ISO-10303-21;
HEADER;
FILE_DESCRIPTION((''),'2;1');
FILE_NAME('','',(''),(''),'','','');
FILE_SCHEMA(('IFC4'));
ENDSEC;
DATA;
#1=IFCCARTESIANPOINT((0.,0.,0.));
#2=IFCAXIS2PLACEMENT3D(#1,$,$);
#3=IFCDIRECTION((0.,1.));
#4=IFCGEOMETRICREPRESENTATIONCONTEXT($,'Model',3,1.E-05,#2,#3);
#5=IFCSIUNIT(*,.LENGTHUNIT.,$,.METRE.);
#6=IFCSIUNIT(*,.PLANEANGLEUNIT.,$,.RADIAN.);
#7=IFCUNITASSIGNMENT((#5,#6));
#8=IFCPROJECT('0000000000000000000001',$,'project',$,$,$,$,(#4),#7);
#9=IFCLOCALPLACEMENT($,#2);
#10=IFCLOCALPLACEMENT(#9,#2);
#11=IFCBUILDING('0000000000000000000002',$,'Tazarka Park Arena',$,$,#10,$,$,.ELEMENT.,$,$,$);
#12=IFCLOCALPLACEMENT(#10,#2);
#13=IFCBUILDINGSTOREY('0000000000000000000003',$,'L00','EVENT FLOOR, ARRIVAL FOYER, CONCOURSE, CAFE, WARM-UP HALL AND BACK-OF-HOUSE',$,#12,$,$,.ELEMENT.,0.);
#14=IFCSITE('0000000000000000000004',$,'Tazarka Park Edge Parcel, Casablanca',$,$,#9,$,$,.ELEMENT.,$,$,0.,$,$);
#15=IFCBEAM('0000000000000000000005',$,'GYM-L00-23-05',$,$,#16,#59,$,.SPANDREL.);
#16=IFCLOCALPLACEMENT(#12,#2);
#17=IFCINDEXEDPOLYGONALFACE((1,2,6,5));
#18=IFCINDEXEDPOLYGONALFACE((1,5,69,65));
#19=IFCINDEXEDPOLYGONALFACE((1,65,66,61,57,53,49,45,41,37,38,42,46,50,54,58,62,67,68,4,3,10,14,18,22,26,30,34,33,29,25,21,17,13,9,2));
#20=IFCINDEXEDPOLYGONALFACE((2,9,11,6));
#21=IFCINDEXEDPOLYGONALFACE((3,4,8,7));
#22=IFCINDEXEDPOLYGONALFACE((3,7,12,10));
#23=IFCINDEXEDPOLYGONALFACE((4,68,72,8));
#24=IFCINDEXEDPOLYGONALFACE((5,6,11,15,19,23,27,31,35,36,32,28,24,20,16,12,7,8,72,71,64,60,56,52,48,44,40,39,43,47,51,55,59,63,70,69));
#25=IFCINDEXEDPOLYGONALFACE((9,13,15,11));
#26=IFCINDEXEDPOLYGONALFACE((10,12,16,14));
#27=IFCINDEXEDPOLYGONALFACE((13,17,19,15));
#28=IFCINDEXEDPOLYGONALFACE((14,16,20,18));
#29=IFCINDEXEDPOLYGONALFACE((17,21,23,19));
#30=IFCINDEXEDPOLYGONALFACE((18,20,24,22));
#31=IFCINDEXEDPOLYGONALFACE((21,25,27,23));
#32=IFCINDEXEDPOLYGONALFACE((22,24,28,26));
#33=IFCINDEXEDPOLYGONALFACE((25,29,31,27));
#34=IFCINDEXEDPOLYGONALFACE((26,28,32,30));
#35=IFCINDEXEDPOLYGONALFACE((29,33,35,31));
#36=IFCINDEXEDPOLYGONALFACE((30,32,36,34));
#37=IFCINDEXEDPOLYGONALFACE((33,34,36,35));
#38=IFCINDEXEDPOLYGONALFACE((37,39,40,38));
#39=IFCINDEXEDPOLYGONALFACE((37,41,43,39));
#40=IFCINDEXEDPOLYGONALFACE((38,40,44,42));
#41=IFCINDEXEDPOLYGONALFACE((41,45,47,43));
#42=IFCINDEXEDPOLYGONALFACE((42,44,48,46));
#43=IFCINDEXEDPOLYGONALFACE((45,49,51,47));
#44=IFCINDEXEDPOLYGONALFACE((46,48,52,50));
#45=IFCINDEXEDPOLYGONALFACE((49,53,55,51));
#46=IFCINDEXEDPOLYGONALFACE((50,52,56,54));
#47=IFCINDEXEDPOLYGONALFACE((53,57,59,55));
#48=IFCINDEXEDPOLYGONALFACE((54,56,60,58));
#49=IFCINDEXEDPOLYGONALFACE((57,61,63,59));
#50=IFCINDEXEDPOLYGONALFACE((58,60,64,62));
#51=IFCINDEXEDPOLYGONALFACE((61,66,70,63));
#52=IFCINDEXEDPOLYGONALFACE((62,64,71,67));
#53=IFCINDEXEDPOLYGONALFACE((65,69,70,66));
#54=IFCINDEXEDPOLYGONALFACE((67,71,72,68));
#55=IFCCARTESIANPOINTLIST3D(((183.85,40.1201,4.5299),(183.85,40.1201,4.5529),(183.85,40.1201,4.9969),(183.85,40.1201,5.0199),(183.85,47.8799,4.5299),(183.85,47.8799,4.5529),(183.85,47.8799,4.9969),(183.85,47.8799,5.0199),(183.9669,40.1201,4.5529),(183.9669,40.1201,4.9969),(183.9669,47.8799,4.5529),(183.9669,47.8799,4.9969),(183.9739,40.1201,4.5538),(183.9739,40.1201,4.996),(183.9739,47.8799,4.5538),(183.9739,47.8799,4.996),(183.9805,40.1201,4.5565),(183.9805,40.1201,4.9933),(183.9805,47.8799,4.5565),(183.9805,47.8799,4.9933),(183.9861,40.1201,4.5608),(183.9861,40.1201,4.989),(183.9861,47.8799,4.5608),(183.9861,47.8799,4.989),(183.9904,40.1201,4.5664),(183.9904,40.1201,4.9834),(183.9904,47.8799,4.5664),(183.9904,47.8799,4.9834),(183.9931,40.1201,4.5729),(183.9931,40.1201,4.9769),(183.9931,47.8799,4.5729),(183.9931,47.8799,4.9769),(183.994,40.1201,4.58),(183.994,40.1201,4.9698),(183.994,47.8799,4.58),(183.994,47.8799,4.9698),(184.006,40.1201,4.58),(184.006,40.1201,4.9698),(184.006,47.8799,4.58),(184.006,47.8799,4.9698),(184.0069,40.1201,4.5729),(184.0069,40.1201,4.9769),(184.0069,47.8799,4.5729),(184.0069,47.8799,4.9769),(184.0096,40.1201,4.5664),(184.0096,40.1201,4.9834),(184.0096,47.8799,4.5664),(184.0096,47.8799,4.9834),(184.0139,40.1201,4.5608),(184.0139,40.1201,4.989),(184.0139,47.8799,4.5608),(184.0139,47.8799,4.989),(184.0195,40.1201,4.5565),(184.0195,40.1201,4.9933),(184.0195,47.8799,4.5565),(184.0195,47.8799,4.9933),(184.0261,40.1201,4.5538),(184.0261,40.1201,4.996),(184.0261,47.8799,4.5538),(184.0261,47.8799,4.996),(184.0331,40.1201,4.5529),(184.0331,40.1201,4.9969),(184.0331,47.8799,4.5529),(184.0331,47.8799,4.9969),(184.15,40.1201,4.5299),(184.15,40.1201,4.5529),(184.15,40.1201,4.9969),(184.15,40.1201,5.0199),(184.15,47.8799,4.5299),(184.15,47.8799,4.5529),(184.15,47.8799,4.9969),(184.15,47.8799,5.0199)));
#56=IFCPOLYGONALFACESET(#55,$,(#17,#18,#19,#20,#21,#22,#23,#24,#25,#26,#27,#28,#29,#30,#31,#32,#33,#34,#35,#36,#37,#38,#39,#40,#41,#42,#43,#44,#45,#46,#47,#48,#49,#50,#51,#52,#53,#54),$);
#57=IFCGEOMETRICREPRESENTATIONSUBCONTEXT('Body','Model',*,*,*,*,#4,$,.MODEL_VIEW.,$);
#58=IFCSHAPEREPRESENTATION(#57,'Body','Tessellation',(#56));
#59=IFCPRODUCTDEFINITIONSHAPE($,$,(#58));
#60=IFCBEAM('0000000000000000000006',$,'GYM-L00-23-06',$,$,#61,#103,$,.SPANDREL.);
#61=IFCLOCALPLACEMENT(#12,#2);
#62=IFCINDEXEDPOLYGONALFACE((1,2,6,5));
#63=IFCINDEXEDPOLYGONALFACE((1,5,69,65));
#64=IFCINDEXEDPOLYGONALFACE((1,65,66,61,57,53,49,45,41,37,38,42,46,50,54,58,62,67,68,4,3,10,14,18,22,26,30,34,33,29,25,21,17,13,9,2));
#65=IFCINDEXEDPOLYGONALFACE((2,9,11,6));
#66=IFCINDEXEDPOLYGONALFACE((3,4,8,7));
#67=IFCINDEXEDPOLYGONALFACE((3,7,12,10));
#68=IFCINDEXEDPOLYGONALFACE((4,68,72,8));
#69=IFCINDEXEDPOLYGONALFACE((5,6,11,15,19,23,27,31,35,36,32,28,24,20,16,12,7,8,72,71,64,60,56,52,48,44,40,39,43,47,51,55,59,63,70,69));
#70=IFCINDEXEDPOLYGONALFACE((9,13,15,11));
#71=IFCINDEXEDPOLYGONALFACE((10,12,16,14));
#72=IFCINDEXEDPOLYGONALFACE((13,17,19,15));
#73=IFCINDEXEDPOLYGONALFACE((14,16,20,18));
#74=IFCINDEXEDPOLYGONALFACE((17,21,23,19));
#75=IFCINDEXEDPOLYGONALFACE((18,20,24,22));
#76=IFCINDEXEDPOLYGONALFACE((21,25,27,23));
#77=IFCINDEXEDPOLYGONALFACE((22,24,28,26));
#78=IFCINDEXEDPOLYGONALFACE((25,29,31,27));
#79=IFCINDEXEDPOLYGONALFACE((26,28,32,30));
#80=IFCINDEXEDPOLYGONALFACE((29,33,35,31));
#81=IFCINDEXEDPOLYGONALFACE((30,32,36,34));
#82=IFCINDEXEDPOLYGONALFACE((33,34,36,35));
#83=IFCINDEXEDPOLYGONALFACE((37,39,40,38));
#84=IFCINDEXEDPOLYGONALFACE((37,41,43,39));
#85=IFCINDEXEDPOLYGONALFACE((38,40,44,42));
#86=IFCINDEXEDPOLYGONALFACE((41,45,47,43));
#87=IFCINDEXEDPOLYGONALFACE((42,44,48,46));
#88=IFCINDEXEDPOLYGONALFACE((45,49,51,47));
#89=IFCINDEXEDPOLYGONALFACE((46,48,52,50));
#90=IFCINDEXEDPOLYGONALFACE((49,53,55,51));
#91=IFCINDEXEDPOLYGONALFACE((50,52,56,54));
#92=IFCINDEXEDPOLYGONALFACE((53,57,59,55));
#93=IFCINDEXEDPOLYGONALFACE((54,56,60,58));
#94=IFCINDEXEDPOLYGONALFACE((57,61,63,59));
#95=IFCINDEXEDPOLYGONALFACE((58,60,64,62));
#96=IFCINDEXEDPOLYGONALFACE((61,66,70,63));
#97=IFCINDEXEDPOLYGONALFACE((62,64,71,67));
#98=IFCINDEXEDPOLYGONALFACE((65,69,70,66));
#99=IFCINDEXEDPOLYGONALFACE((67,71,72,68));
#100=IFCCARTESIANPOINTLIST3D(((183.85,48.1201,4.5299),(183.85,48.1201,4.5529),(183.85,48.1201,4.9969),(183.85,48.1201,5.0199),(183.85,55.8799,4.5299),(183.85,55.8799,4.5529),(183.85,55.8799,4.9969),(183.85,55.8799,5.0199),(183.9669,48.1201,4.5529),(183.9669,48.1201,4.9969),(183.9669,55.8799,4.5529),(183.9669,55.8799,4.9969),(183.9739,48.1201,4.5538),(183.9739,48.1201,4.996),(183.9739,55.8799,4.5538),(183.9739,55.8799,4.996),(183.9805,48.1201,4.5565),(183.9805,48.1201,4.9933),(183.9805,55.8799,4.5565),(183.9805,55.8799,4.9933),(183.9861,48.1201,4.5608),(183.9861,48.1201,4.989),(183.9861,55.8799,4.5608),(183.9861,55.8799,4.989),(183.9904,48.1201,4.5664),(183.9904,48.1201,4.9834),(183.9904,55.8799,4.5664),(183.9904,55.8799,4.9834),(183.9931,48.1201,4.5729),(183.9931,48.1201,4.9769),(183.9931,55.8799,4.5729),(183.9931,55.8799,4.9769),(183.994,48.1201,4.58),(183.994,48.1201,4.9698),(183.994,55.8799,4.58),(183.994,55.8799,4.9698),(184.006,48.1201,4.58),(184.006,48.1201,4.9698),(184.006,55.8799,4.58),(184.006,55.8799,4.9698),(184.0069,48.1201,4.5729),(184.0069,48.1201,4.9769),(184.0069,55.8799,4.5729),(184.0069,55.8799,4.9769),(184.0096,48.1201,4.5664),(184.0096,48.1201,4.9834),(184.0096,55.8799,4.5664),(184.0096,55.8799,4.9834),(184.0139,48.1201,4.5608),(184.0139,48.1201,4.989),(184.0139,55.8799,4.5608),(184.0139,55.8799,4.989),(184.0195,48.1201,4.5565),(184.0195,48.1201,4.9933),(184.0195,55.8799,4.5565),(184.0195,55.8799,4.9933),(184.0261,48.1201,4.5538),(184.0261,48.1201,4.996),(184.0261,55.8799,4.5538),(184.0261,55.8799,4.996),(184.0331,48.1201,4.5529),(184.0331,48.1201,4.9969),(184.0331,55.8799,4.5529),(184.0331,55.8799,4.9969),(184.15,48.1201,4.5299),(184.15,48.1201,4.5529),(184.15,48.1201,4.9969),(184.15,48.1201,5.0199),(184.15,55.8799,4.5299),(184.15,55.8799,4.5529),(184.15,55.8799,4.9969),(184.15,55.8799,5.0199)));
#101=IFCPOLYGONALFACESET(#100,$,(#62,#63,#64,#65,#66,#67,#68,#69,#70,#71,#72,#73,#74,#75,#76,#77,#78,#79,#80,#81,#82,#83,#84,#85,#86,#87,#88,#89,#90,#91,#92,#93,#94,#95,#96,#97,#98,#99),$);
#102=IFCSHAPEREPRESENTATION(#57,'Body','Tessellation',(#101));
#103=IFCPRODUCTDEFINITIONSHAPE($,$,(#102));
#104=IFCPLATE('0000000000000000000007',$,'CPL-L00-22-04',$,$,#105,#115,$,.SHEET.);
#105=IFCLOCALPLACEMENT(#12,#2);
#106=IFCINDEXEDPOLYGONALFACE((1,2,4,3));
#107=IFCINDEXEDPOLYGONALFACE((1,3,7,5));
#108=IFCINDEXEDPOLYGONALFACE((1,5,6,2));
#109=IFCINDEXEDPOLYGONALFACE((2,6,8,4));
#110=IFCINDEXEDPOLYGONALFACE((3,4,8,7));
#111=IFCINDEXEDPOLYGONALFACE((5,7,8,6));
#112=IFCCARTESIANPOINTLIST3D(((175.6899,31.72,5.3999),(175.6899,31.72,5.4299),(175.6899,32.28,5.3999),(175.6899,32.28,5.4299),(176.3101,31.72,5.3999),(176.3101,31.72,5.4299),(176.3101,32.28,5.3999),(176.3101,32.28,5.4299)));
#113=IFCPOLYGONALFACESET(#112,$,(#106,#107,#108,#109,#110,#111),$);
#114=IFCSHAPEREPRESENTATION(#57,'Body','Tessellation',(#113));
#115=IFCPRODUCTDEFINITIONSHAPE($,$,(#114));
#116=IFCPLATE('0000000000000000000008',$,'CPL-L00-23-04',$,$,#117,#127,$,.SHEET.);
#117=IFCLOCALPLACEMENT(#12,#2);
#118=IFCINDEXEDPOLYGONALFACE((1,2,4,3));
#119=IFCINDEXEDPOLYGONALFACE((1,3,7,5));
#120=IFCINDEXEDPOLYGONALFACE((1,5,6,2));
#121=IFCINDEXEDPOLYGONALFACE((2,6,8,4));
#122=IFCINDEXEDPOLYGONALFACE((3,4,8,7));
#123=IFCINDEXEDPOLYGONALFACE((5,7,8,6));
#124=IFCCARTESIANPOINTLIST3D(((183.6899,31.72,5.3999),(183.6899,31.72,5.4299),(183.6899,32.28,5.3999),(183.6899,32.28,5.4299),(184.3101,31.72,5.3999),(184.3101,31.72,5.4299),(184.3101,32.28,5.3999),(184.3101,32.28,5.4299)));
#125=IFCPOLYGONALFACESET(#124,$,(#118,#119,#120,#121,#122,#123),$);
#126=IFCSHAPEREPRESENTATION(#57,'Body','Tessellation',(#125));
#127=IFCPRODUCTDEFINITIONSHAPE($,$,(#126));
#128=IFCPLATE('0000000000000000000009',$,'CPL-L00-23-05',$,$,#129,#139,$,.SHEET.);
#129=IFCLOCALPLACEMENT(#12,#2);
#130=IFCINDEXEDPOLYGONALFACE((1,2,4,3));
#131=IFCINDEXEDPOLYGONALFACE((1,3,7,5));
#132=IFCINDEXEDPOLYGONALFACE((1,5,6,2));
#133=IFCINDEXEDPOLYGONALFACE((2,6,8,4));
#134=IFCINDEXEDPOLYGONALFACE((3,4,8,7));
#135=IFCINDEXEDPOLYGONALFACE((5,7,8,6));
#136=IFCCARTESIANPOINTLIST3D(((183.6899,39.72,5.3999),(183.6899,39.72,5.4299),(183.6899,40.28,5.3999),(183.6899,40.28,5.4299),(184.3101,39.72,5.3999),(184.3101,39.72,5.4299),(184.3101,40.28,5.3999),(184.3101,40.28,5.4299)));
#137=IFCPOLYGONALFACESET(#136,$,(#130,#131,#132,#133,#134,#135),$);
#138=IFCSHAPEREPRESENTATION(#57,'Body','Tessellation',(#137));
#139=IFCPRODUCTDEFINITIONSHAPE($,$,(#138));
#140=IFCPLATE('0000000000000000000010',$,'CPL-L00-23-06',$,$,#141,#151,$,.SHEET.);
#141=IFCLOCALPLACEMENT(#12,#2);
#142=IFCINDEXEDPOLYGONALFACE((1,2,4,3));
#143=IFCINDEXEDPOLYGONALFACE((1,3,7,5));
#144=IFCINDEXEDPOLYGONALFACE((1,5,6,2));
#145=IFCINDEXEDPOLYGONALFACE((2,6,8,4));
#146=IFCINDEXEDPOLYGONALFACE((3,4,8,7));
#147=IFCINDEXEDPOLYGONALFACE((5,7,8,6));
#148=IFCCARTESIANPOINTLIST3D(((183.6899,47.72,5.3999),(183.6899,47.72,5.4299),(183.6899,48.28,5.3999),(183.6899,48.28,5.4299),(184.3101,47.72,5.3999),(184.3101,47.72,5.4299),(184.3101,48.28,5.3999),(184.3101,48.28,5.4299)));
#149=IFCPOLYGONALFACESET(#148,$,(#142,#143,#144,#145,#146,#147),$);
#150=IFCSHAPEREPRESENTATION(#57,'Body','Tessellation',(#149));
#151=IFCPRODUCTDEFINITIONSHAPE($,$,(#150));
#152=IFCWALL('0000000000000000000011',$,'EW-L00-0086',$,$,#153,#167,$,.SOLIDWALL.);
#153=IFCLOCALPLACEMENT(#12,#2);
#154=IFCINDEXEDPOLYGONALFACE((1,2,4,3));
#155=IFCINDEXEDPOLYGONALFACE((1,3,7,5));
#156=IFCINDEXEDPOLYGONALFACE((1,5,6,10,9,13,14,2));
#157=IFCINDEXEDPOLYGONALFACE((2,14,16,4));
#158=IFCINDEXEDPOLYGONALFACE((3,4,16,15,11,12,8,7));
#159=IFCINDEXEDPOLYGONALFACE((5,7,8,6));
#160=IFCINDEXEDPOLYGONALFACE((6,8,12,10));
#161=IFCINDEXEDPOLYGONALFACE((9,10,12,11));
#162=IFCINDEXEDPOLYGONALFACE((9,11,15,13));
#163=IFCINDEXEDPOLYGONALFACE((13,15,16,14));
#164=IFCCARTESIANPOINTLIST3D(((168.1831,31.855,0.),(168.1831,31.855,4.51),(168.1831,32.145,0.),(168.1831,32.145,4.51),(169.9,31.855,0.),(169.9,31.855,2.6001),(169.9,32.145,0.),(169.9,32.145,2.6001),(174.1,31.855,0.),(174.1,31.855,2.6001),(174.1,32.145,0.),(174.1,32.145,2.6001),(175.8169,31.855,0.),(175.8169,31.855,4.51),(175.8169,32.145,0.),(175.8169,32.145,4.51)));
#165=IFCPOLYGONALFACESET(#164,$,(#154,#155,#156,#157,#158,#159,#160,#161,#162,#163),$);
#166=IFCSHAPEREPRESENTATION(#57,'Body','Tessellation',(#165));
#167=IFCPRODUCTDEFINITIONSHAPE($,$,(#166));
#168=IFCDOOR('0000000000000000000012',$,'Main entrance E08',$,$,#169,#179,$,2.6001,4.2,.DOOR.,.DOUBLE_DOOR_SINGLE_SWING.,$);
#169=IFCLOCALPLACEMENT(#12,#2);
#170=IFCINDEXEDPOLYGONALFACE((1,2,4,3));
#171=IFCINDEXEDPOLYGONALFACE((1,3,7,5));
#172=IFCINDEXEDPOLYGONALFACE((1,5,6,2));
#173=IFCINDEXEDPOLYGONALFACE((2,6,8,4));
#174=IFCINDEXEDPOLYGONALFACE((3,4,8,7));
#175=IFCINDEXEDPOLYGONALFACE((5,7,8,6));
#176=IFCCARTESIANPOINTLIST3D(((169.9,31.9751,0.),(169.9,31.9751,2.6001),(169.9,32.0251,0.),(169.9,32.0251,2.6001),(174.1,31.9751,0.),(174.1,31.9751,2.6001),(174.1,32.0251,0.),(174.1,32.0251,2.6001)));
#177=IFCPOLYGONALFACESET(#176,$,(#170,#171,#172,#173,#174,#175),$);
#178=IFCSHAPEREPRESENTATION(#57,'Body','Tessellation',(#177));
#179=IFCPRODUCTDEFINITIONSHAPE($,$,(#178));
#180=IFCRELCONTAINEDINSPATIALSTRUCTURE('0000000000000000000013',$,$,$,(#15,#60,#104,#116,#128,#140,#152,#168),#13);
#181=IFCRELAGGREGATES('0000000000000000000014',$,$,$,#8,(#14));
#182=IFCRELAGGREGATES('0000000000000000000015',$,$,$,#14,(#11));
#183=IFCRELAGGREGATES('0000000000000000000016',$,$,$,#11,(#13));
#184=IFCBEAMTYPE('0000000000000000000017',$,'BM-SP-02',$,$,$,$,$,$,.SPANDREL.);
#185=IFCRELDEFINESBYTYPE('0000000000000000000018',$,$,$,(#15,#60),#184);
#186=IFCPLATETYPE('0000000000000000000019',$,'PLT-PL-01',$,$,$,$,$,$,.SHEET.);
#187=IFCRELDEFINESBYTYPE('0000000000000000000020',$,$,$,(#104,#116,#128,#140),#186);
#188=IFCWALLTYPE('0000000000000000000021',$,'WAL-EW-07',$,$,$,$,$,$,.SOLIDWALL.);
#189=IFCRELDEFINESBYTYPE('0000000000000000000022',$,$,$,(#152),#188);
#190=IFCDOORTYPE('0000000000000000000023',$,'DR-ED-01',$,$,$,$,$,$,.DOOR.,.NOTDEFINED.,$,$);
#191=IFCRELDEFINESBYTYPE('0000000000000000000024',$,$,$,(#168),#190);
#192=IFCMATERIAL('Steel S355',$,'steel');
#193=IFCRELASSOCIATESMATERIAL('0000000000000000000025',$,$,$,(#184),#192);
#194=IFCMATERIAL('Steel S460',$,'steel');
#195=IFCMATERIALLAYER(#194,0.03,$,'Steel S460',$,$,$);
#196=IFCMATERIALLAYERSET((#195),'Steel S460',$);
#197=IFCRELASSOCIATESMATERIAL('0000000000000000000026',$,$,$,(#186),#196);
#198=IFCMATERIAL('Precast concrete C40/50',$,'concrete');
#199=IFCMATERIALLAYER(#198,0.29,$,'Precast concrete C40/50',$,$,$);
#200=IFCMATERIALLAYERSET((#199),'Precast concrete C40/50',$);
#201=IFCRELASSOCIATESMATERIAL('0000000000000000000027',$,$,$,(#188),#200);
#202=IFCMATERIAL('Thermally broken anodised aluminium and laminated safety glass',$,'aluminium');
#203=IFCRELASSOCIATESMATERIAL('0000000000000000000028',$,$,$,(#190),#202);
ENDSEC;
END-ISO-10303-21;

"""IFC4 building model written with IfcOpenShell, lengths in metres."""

from ifc_helpers import new_model, si_unit, direction, frame, frame_2d, origin, origin_2d, place, context, subcontext, project, spatial, rectangle, i_section, extrude, material, layer, layer_set, material_profile, profile_set, type_object, element, fill, save


model = new_model("IFC4")

# Units and contexts
model_context = context("Model", 3, precision=1e-05, world=origin(), true_north=direction((0.0, 1.0)))
body_context = subcontext(model_context, "Body", "Model", "MODEL_VIEW")
ifc_project = project(units=[si_unit("LENGTHUNIT", "METRE"), si_unit("PLANEANGLEUNIT", "RADIAN")], contexts=[model_context])

# Site, building, storey
site_placement = place(None, origin())
site = spatial("IfcSite", under=ifc_project, at=site_placement, Name="Tazarka Park Edge Parcel, Casablanca", CompositionType="ELEMENT", RefElevation=0.0)
building_placement = place(site_placement, origin())
building = spatial("IfcBuilding", under=site, at=building_placement, Name="Tazarka Park Arena", CompositionType="ELEMENT")
storey_placement = place(building_placement, origin())
storey = spatial("IfcBuildingStorey", under=building, at=storey_placement, Name="L00", Description="EVENT FLOOR, ARRIVAL FOYER, CONCOURSE, CAFE, WARM-UP HALL AND BACK-OF-HOUSE", CompositionType="ELEMENT", Elevation=0.0)

# Beams
ifc_material_1 = material(Name="Steel S355", Category="steel")
ifc_material_profile_1 = material_profile(ifc_material_1, i_section(OverallWidth=0.3, OverallDepth=0.49, WebThickness=0.012, FlangeThickness=0.0229, FilletRadius=0.0271, at=origin_2d()), Name="Steel S355")
ifc_profile_set_1 = profile_set([ifc_material_profile_1], Name="Steel S355")
beam_type_1 = type_object("IfcBeamType", Name="BM-SP-02", PredefinedType="SPANDREL", material=ifc_profile_set_1)
for number, where, z_axis, x_axis, name in (
    (1, (184.0, 40.1201, 4.7749), (0.0, 1.0, 0.0), (-1.0, 0.0, 0.0), "GYM-L00-23-05"),
    (2, (184.0, 48.1201, 4.7749), (0.0, 1.0, 0.0), (-1.0, 0.0, 0.0), "GYM-L00-23-06"),
):
    element("IfcBeam", number, at=place(storey_placement, frame(where, z_axis=z_axis, x_axis=x_axis)), inside=storey, type_object=beam_type_1, Name=name, PredefinedType="SPANDREL", context=body_context, shape_type="SweptSolid", body=[
        extrude(i_section(OverallWidth=0.3, OverallDepth=0.49, WebThickness=0.012, FlangeThickness=0.0229, FilletRadius=0.0271, at=origin_2d()), origin(), (0.0, 0.0, 1.0), 7.7598),
    ])

# Plates
ifc_material_2 = material(Name="Steel S460", Category="steel")
ifc_layer_1 = layer(ifc_material_2, 0.03, Name="Steel S460")
ifc_layer_set_1 = layer_set([ifc_layer_1], Name="Steel S460")
plate_type = type_object("IfcPlateType", Name="PLT-PL-01", PredefinedType="SHEET", material=ifc_layer_set_1)
for number, where, z_axis, x_axis, name in (
    (3, (176.0, 32.0, 5.3999), (0.0, 0.0, 1.0), (1.0, 0.0, 0.0), "CPL-L00-22-04"),
    (4, (184.0, 32.0, 5.3999), (0.0, 0.0, 1.0), (1.0, 0.0, 0.0), "CPL-L00-23-04"),
    (5, (184.0, 40.0, 5.3999), (0.0, 0.0, 1.0), (1.0, 0.0, 0.0), "CPL-L00-23-05"),
    (6, (184.0, 48.0, 5.3999), (0.0, 0.0, 1.0), (1.0, 0.0, 0.0), "CPL-L00-23-06"),
):
    element("IfcPlate", number, at=place(storey_placement, frame(where, z_axis=z_axis, x_axis=x_axis)), inside=storey, type_object=plate_type, Name=name, PredefinedType="SHEET", context=body_context, shape_type="SweptSolid", body=[
        extrude(rectangle(XDim=0.6201, YDim=0.5601, at=origin_2d()), origin(), (0.0, 0.0, 1.0), 0.03),
    ])

# Wall, opening, door
ifc_material_3 = material(Name="Precast concrete C40/50", Category="concrete")
ifc_layer_2 = layer(ifc_material_3, 0.29, Name="Precast concrete C40/50")
ifc_layer_set_2 = layer_set([ifc_layer_2], Name="Precast concrete C40/50")
wall_type_1 = type_object("IfcWallType", Name="WAL-EW-07", PredefinedType="SOLIDWALL", material=ifc_layer_set_2)
wall_1_placement = place(storey_placement, frame((175.8169, 32.0, 0.0), z_axis=(0.0, 0.0, 1.0), x_axis=(-1.0, 0.0, 0.0)))
wall_1 = element("IfcWall", 7, at=wall_1_placement, inside=storey, type_object=wall_type_1, Name="EW-L00-0086", PredefinedType="SOLIDWALL", context=body_context, shape_type="SweptSolid", body=[
    extrude(rectangle(XDim=7.6338, YDim=0.29, at=frame_2d((3.8169, 0.0))), origin(), (0.0, 0.0, 1.0), 4.51),
])
opening_1_placement = place(wall_1_placement, frame((1.7168, 0.0, 0.0)))
opening_1 = element("IfcOpeningElement", 8, at=opening_1_placement, cuts=wall_1, PredefinedType="OPENING", context=body_context, shape_type="SweptSolid", body=[
    extrude(rectangle(XDim=4.2, YDim=2.6001, at=frame_2d((2.1001, 1.3))), frame((0.0, 0.155, 0.0), z_axis=(0.0, -1.0, 0.0), x_axis=(1.0, 0.0, 0.0)), (0.0, 0.0, 1.0), 0.3101),
])
ifc_material_4 = material(Name="Thermally broken anodised aluminium and laminated safety glass", Category="aluminium")
door_type = type_object("IfcDoorType", Name="DR-ED-01", OperationType="NOTDEFINED", PredefinedType="DOOR", material=ifc_material_4)
door_1_placement = place(opening_1_placement, origin())
door_1 = element("IfcDoor", 9, at=door_1_placement, inside=storey, type_object=door_type, Name="Main entrance E08", OperationType="DOUBLE_DOOR_SINGLE_SWING", OverallHeight=2.6001, OverallWidth=4.2, PredefinedType="DOOR", context=body_context, shape_type="SweptSolid", body=[
    extrude(rectangle(XDim=4.2, YDim=2.6001, at=frame_2d((2.1001, 1.3))), frame((0.0, 0.0249, 0.0), z_axis=(0.0, -1.0, 0.0), x_axis=(1.0, 0.0, 0.0)), (0.0, 0.0, 1.0), 0.05),
])
fill(opening_1, door_1)

save(model, "model.ifc")
